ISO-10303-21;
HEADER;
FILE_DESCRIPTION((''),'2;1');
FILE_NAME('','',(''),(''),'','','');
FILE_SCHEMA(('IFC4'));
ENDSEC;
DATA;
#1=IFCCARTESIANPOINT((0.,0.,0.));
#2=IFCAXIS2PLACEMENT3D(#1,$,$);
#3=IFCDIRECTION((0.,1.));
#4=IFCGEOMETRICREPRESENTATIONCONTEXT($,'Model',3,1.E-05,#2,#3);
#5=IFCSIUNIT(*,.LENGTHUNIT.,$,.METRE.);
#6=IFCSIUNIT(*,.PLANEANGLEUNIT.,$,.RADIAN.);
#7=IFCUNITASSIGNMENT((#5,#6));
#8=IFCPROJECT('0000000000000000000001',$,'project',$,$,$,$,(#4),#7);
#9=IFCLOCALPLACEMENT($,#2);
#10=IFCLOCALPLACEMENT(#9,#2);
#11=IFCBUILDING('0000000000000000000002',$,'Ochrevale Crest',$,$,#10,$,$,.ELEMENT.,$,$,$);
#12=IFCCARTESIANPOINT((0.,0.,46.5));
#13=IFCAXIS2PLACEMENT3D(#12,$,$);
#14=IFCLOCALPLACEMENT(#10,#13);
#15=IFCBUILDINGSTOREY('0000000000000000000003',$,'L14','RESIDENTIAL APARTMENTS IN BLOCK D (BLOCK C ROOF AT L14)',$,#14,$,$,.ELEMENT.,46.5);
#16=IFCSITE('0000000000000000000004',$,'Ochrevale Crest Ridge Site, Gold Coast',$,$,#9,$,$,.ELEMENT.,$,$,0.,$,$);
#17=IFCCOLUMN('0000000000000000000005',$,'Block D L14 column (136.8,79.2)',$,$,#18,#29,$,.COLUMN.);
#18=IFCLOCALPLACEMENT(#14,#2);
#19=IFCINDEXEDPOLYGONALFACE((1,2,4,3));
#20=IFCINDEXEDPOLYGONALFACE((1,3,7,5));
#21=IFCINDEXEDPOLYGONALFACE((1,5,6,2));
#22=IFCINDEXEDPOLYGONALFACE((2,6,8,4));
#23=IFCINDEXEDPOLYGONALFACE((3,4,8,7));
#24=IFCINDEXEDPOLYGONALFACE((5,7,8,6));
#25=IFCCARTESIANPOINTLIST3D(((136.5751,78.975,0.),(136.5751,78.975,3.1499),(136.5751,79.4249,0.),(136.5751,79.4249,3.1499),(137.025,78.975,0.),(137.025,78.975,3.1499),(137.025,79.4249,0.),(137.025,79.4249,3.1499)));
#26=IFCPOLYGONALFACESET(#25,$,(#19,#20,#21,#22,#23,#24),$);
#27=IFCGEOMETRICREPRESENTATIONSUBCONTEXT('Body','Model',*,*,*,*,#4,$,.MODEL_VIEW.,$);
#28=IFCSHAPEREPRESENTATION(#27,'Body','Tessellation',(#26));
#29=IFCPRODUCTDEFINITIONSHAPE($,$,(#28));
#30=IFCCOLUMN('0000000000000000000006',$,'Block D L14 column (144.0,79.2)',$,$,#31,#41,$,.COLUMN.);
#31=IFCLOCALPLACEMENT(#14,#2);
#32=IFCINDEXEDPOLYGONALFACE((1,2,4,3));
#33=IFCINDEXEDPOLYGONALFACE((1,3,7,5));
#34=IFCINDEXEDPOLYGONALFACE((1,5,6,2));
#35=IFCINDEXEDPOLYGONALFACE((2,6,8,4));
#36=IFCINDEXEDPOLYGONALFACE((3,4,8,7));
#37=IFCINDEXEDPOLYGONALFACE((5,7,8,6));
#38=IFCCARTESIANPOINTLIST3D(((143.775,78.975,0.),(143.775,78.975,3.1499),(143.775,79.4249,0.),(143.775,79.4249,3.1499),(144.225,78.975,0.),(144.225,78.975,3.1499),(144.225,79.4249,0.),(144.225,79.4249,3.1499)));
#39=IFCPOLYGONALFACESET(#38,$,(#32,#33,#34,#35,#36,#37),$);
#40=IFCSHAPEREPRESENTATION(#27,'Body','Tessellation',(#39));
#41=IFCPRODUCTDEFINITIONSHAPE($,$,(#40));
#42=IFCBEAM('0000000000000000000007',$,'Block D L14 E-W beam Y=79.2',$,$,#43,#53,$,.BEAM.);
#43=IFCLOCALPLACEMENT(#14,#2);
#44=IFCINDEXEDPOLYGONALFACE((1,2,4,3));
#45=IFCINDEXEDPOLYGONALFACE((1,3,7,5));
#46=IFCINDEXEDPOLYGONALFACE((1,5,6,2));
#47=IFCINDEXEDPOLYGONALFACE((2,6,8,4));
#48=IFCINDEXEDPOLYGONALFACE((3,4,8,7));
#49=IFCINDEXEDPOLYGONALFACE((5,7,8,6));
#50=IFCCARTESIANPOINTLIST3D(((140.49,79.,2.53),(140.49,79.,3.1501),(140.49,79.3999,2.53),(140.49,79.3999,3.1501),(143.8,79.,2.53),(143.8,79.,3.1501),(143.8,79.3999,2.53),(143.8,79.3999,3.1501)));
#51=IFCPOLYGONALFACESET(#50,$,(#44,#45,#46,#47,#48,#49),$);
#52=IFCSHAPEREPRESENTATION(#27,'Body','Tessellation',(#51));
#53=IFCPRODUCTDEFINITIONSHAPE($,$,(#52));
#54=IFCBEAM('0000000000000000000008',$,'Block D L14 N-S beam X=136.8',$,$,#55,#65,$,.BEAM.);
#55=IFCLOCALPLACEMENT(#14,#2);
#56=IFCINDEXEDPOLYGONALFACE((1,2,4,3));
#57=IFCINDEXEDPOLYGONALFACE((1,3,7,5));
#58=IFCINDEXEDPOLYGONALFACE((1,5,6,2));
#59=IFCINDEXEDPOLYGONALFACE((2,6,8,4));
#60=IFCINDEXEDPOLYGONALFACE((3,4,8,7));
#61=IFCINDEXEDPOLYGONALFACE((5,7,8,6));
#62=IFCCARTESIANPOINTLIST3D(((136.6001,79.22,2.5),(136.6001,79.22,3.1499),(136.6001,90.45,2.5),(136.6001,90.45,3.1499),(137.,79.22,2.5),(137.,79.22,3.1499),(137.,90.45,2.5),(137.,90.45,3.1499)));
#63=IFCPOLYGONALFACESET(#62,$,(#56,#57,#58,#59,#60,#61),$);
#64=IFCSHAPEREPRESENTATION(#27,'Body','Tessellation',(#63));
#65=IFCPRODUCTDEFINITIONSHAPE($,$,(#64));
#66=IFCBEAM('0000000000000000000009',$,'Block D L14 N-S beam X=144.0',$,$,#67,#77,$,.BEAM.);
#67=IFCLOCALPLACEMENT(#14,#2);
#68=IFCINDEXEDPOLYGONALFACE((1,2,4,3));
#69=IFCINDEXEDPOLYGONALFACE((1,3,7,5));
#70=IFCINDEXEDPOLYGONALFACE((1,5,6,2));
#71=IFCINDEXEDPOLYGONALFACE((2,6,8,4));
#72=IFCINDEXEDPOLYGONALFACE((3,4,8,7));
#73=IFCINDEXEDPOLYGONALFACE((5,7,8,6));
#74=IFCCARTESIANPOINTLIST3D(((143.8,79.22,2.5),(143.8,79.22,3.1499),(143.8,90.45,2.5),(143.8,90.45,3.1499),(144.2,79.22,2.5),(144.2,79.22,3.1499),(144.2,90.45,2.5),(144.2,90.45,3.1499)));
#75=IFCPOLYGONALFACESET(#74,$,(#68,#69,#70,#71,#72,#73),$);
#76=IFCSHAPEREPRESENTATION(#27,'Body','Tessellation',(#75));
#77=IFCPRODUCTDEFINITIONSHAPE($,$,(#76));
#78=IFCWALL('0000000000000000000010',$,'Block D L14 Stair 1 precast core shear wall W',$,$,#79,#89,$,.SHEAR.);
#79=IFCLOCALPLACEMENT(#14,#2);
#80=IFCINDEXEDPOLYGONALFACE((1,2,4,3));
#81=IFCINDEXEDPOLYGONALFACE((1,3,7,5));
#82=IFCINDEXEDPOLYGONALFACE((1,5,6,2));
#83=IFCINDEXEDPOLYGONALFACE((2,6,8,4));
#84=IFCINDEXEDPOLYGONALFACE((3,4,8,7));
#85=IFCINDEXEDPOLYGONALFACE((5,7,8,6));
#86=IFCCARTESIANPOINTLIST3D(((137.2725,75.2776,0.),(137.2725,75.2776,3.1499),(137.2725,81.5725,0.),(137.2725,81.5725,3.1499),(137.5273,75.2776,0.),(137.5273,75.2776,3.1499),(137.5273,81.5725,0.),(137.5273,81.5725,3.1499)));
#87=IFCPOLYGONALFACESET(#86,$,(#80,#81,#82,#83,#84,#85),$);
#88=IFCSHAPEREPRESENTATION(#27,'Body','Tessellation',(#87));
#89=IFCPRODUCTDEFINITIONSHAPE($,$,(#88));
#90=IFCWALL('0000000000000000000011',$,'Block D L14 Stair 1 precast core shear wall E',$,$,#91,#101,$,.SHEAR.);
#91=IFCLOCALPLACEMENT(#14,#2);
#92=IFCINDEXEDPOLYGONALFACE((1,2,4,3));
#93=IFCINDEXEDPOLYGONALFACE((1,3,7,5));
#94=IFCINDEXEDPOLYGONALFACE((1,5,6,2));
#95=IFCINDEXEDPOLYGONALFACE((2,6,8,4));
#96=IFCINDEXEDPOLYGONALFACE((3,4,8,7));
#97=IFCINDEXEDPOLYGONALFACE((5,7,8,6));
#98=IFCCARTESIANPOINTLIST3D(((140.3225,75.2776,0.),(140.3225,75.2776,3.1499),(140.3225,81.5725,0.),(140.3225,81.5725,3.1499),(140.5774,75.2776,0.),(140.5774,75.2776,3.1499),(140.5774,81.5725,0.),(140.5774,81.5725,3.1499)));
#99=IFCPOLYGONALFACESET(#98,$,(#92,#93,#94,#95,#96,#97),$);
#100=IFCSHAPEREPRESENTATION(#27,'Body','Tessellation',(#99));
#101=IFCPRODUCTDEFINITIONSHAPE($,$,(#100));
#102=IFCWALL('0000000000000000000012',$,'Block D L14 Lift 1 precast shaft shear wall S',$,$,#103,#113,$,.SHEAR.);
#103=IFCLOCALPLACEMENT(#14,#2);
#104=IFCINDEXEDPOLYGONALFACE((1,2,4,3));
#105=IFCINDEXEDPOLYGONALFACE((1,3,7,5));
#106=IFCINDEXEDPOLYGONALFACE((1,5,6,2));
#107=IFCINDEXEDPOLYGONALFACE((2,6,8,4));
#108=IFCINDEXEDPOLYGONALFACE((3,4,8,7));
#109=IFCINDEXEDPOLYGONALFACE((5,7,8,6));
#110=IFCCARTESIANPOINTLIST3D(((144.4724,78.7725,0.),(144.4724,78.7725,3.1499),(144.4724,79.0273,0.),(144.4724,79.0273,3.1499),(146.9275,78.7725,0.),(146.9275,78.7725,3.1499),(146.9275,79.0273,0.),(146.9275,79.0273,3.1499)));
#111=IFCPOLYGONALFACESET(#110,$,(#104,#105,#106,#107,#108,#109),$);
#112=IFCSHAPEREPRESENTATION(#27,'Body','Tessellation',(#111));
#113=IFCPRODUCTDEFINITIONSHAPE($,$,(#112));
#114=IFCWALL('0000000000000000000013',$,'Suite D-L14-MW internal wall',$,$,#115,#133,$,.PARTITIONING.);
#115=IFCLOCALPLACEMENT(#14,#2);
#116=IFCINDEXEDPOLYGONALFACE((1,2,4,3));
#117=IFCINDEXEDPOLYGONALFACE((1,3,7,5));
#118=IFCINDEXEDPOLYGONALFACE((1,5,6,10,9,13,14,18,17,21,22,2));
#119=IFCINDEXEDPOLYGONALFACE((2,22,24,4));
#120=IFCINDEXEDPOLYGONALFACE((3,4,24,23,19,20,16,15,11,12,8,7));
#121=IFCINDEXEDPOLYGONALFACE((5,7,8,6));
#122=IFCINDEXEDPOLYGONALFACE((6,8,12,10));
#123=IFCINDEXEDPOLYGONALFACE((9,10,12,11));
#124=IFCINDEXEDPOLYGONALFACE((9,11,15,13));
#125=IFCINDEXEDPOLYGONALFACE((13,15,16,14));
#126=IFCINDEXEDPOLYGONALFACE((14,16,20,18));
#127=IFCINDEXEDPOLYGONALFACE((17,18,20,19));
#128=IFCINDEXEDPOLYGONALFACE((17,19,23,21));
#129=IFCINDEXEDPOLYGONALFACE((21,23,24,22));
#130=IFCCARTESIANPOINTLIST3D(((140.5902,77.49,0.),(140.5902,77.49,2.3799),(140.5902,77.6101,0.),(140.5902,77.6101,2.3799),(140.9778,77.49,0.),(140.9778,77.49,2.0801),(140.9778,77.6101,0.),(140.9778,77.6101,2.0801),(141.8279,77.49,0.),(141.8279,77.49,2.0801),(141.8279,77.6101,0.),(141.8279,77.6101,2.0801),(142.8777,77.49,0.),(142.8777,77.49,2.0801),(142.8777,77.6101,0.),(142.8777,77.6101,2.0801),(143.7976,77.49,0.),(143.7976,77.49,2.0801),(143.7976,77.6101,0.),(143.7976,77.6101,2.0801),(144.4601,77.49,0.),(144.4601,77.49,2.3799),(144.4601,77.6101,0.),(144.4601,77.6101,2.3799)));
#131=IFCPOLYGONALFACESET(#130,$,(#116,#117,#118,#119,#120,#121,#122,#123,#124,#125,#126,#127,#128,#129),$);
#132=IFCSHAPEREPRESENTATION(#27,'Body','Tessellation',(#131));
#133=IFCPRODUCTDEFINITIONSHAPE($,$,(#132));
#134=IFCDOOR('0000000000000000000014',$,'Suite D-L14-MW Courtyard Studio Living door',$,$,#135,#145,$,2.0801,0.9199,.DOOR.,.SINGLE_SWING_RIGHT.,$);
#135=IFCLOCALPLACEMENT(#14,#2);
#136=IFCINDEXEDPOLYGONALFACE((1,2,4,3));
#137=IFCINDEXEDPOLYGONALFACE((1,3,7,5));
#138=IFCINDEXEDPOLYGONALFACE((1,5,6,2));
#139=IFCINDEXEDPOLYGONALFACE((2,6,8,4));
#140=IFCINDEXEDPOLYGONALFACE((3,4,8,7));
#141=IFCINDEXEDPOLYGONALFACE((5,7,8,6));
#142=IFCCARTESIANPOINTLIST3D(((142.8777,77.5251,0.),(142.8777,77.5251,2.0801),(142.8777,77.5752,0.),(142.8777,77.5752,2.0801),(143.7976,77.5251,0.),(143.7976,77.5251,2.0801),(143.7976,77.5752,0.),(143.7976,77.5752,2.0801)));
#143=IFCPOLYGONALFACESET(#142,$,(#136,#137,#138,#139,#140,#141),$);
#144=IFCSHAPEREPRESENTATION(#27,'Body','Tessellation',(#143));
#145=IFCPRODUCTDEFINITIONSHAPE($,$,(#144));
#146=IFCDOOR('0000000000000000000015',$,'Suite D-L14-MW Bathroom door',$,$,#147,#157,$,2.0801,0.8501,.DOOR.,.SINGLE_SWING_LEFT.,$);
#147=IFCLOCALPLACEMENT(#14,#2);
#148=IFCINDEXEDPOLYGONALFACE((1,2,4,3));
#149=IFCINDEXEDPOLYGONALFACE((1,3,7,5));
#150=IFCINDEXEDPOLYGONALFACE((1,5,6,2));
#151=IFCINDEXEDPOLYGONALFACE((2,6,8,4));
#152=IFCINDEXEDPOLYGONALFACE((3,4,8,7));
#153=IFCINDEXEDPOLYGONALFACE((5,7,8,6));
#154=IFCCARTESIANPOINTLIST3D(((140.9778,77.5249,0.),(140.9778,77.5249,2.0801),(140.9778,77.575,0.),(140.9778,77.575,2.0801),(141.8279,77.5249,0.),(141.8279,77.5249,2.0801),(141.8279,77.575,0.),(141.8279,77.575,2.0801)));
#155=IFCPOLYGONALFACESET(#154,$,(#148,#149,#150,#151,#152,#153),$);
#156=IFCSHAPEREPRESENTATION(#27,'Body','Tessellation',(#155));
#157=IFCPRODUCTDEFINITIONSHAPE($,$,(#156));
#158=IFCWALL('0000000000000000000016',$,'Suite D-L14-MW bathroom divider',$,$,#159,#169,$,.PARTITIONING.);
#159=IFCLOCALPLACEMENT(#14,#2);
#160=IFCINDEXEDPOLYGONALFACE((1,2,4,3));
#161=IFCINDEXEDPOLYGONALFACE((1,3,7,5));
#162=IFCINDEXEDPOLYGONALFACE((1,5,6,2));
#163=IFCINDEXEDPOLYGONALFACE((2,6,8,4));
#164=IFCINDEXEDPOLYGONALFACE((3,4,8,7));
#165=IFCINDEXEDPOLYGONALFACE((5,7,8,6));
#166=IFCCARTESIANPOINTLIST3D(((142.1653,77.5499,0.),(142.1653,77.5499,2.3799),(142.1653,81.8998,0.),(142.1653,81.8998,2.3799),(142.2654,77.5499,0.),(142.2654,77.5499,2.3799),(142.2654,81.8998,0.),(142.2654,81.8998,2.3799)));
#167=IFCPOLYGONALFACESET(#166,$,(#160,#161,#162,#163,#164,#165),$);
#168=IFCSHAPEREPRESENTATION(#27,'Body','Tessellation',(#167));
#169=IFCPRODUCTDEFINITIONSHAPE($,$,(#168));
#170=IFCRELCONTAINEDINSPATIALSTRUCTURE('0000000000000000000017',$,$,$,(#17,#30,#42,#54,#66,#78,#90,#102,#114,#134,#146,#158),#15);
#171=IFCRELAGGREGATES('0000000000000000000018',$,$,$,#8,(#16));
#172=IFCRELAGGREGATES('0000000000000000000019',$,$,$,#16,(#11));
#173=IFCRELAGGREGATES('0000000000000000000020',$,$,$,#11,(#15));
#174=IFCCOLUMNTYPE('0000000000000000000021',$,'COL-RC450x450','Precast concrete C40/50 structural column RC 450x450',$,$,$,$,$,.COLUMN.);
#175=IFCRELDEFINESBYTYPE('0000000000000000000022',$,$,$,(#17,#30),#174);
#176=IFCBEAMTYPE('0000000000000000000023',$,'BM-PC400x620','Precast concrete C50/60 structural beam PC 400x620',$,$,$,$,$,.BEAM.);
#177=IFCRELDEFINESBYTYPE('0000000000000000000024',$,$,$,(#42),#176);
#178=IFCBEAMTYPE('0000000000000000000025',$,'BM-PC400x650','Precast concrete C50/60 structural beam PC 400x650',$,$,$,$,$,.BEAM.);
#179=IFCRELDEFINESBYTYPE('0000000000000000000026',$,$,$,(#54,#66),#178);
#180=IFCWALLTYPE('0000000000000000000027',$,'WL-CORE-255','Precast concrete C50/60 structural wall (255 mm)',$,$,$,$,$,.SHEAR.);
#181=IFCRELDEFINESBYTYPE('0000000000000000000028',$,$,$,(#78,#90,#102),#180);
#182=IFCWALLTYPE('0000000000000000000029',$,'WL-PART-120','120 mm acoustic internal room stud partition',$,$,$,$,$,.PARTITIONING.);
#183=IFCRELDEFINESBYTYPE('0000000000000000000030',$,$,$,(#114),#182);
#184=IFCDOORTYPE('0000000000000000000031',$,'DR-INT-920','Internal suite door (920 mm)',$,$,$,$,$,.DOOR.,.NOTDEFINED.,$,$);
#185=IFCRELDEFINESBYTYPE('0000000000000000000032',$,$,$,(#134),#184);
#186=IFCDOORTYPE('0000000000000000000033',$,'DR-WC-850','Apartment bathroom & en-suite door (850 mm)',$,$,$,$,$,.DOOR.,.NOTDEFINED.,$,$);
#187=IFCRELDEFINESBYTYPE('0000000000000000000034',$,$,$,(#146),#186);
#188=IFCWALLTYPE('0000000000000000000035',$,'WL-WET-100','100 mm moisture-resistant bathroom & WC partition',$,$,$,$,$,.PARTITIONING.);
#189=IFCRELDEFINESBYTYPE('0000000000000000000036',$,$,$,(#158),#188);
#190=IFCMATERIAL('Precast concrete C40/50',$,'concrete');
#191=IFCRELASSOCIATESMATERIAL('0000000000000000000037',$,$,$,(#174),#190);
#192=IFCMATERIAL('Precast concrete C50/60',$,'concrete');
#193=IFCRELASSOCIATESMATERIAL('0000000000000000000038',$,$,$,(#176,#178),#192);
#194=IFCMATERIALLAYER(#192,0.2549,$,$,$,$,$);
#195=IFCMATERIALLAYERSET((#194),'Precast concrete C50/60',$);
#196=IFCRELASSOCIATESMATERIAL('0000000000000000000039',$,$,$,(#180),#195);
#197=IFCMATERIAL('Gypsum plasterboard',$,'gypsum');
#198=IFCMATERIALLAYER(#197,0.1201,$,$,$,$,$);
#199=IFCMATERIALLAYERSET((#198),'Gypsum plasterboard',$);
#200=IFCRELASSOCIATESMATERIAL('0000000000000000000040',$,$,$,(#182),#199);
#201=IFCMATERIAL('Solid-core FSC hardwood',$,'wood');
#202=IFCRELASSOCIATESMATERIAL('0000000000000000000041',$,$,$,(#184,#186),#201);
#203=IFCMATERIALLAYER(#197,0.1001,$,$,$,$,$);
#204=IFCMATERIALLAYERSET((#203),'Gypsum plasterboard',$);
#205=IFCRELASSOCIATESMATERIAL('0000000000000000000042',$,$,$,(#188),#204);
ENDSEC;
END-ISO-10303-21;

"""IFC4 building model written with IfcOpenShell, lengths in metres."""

from ifc_helpers import new_model, si_unit, direction, frame, frame_2d, origin, origin_2d, place, context, subcontext, project, spatial, rectangle, extrude, material, layer, layer_set, material_profile, profile_set, type_object, element, fill, save


model = new_model("IFC4")

# Units and contexts
model_context = context("Model", 3, precision=1e-05, world=origin(), true_north=direction((0.0, 1.0)))
body_context = subcontext(model_context, "Body", "Model", "MODEL_VIEW")
ifc_project = project(units=[si_unit("LENGTHUNIT", "METRE"), si_unit("PLANEANGLEUNIT", "RADIAN")], contexts=[model_context])

# Site, building, storey
site_placement = place(None, origin())
site = spatial("IfcSite", under=ifc_project, at=site_placement, Name="Ochrevale Crest Ridge Site, Gold Coast", CompositionType="ELEMENT", RefElevation=0.0)
building_placement = place(site_placement, origin())
building = spatial("IfcBuilding", under=site, at=building_placement, Name="Ochrevale Crest", CompositionType="ELEMENT")
storey_placement = place(building_placement, frame((0.0, 0.0, 46.5)))
storey = spatial("IfcBuildingStorey", under=building, at=storey_placement, Name="L14", Description="RESIDENTIAL APARTMENTS IN BLOCK D (BLOCK C ROOF AT L14)", CompositionType="ELEMENT", Elevation=46.5)

# Columns
ifc_material_1 = material(Name="Precast concrete C40/50", Category="concrete")
ifc_material_profile_1 = material_profile(ifc_material_1, rectangle(XDim=0.45, YDim=0.45, at=origin_2d()), Name="RC 450x450")
ifc_profile_set_1 = profile_set([ifc_material_profile_1], Name="Precast concrete C40/50")
column_type = type_object("IfcColumnType", Name="COL-RC450x450", Description="Precast concrete C40/50 structural column RC 450x450", PredefinedType="COLUMN", material=ifc_profile_set_1)
for number, where, z_axis, x_axis, name in (
    (1, (136.8, 79.2, 0.0), (0.0, 0.0, 1.0), (1.0, 0.0, 0.0), "Block D L14 column (136.8,79.2)"),
    (2, (144.0, 79.2, 0.0), (0.0, 0.0, 1.0), (1.0, 0.0, 0.0), "Block D L14 column (144.0,79.2)"),
):
    element("IfcColumn", number, at=place(storey_placement, frame(where, z_axis=z_axis, x_axis=x_axis)), inside=storey, type_object=column_type, Name=name, PredefinedType="COLUMN", context=body_context, shape_type="SweptSolid", body=[
        extrude(rectangle(XDim=0.45, YDim=0.45, at=origin_2d()), origin(), (0.0, 0.0, 1.0), 3.1499),
    ])

# Beams
ifc_material_2 = material(Name="Precast concrete C50/60", Category="concrete")
ifc_material_profile_2 = material_profile(ifc_material_2, rectangle(XDim=0.3999, YDim=0.6201, at=origin_2d()), Name="PC 400x620")
ifc_profile_set_2 = profile_set([ifc_material_profile_2], Name="Precast concrete C50/60")
beam_type_1 = type_object("IfcBeamType", Name="BM-PC400x620", Description="Precast concrete C50/60 structural beam PC 400x620", PredefinedType="BEAM", material=ifc_profile_set_2)
beam_placement = place(storey_placement, frame((140.49, 79.2, 2.8401), z_axis=(1.0, 0.0, 0.0), x_axis=(0.0, 1.0, 0.0)))
element("IfcBeam", 3, at=beam_placement, inside=storey, type_object=beam_type_1, Name="Block D L14 E-W beam Y=79.2", PredefinedType="BEAM", context=body_context, shape_type="SweptSolid", body=[
    extrude(rectangle(XDim=0.3999, YDim=0.6201, at=origin_2d()), origin(), (0.0, 0.0, 1.0), 3.3101),
])
ifc_material_profile_3 = material_profile(ifc_material_2, rectangle(XDim=0.3999, YDim=0.6499, at=origin_2d()), Name="PC 400x650")
ifc_profile_set_3 = profile_set([ifc_material_profile_3], Name="Precast concrete C50/60")
beam_type_2 = type_object("IfcBeamType", Name="BM-PC400x650", Description="Precast concrete C50/60 structural beam PC 400x650", PredefinedType="BEAM", material=ifc_profile_set_3)
for number, where, z_axis, x_axis, name in (
    (4, (136.8, 79.22, 2.825), (0.0, 1.0, 0.0), (-1.0, 0.0, 0.0), "Block D L14 N-S beam X=136.8"),
    (5, (144.0, 79.22, 2.825), (0.0, 1.0, 0.0), (-1.0, 0.0, 0.0), "Block D L14 N-S beam X=144.0"),
):
    element("IfcBeam", number, at=place(storey_placement, frame(where, z_axis=z_axis, x_axis=x_axis)), inside=storey, type_object=beam_type_2, Name=name, PredefinedType="BEAM", context=body_context, shape_type="SweptSolid", body=[
        extrude(rectangle(XDim=0.3999, YDim=0.6499, at=origin_2d()), origin(), (0.0, 0.0, 1.0), 11.23),
    ])

# Walls
ifc_layer_1 = layer(ifc_material_2, 0.2549)
ifc_layer_set_1 = layer_set([ifc_layer_1], Name="Precast concrete C50/60")
wall_type_1 = type_object("IfcWallType", Name="WL-CORE-255", Description="Precast concrete C50/60 structural wall (255 mm)", PredefinedType="SHEAR", material=ifc_layer_set_1)
for number, where, z_axis, x_axis, name in (
    (6, (137.3999, 75.2776, 0.0), (0.0, 0.0, 1.0), (0.0, 1.0, 0.0), "Block D L14 Stair 1 precast core shear wall W"),
    (7, (140.45, 75.2776, 0.0), (0.0, 0.0, 1.0), (0.0, 1.0, 0.0), "Block D L14 Stair 1 precast core shear wall E"),
):
    element("IfcWall", number, at=place(storey_placement, frame(where, z_axis=z_axis, x_axis=x_axis)), inside=storey, type_object=wall_type_1, Name=name, PredefinedType="SHEAR", context=body_context, shape_type="SweptSolid", body=[
        extrude(rectangle(XDim=6.2949, YDim=0.2549, at=frame_2d((3.1475, 0.0))), origin(), (0.0, 0.0, 1.0), 3.1499),
    ])
wall_1_placement = place(storey_placement, frame((144.4724, 78.8999, 0.0), z_axis=(0.0, 0.0, 1.0), x_axis=(1.0, 0.0, 0.0)))
element("IfcWall", 8, at=wall_1_placement, inside=storey, type_object=wall_type_1, Name="Block D L14 Lift 1 precast shaft shear wall S", PredefinedType="SHEAR", context=body_context, shape_type="SweptSolid", body=[
    extrude(rectangle(XDim=2.4551, YDim=0.2549, at=frame_2d((1.2275, 0.0))), origin(), (0.0, 0.0, 1.0), 3.1499),
])

# Wall, openings, doors
ifc_material_3 = material(Name="Gypsum plasterboard", Category="gypsum")
ifc_layer_2 = layer(ifc_material_3, 0.1201)
ifc_layer_set_2 = layer_set([ifc_layer_2], Name="Gypsum plasterboard")
wall_type_2 = type_object("IfcWallType", Name="WL-PART-120", Description="120 mm acoustic internal room stud partition", PredefinedType="PARTITIONING", material=ifc_layer_set_2)
wall_2_placement = place(storey_placement, frame((140.5901, 77.55, 0.0), z_axis=(0.0, 0.0, 1.0), x_axis=(1.0, 0.0, 0.0)))
wall_2 = element("IfcWall", 9, at=wall_2_placement, inside=storey, type_object=wall_type_2, Name="Suite D-L14-MW internal wall", PredefinedType="PARTITIONING", context=body_context, shape_type="SweptSolid", body=[
    extrude(rectangle(XDim=3.8699, YDim=0.1201, at=frame_2d((1.9351, 0.0))), origin(), (0.0, 0.0, 1.0), 2.3799),
])
opening_1_placement = place(wall_2_placement, frame((0.3877, 0.0, 0.0)))
opening_1 = element("IfcOpeningElement", 10, at=opening_1_placement, cuts=wall_2, PredefinedType="OPENING", context=body_context, shape_type="SweptSolid", body=[
    extrude(rectangle(XDim=0.8501, YDim=2.0801, at=frame_2d((0.425, 1.04))), frame((0.0, 0.0701, 0.0), z_axis=(0.0, -1.0, 0.0), x_axis=(1.0, 0.0, 0.0)), (0.0, 0.0, 1.0), 0.1401),
])
opening_2_placement = place(wall_2_placement, frame((3.2075, 0.0, 0.0), z_axis=(0.0, 0.0, 1.0), x_axis=(-1.0, 0.0, 0.0)))
opening_2 = element("IfcOpeningElement", 11, at=opening_2_placement, cuts=wall_2, PredefinedType="OPENING", context=body_context, shape_type="SweptSolid", body=[
    extrude(rectangle(XDim=0.9199, YDim=2.0801, at=frame_2d((0.46, 1.04))), frame((0.0, 0.0701, 0.0), z_axis=(0.0, -1.0, 0.0), x_axis=(1.0, 0.0, 0.0)), (0.0, 0.0, 1.0), 0.1401),
])
ifc_material_4 = material(Name="Solid-core FSC hardwood", Category="wood")
door_type_1 = type_object("IfcDoorType", Name="DR-INT-920", Description="Internal suite door (920 mm)", OperationType="NOTDEFINED", PredefinedType="DOOR", material=ifc_material_4)
door_1_placement = place(opening_2_placement, origin())
door_1 = element("IfcDoor", 12, at=door_1_placement, inside=storey, type_object=door_type_1, Name="Suite D-L14-MW Courtyard Studio Living door", OperationType="SINGLE_SWING_RIGHT", OverallHeight=2.0801, OverallWidth=0.9199, PredefinedType="DOOR", context=body_context, shape_type="SweptSolid", body=[
    extrude(rectangle(XDim=0.9199, YDim=2.0801, at=frame_2d((0.46, 1.04))), frame((0.0, 0.0249, 0.0), z_axis=(0.0, -1.0, 0.0), x_axis=(1.0, 0.0, 0.0)), (0.0, 0.0, 1.0), 0.05),
])
fill(opening_2, door_1)
door_type_2 = type_object("IfcDoorType", Name="DR-WC-850", Description="Apartment bathroom & en-suite door (850 mm)", OperationType="NOTDEFINED", PredefinedType="DOOR", material=ifc_material_4)
door_2_placement = place(opening_1_placement, origin())
door_2 = element("IfcDoor", 13, at=door_2_placement, inside=storey, type_object=door_type_2, Name="Suite D-L14-MW Bathroom door", OperationType="SINGLE_SWING_LEFT", OverallHeight=2.0801, OverallWidth=0.8501, PredefinedType="DOOR", context=body_context, shape_type="SweptSolid", body=[
    extrude(rectangle(XDim=0.8501, YDim=2.0801, at=frame_2d((0.425, 1.04))), frame((0.0, 0.0249, 0.0), z_axis=(0.0, -1.0, 0.0), x_axis=(1.0, 0.0, 0.0)), (0.0, 0.0, 1.0), 0.05),
])
fill(opening_1, door_2)

# Wall
ifc_layer_3 = layer(ifc_material_3, 0.1001)
ifc_layer_set_3 = layer_set([ifc_layer_3], Name="Gypsum plasterboard")
wall_type_3 = type_object("IfcWallType", Name="WL-WET-100", Description="100 mm moisture-resistant bathroom & WC partition", PredefinedType="PARTITIONING", material=ifc_layer_set_3)
wall_3_placement = place(storey_placement, frame((142.2153, 77.55, 0.0), z_axis=(0.0, 0.0, 1.0), x_axis=(0.0, 1.0, 0.0)))
element("IfcWall", 14, at=wall_3_placement, inside=storey, type_object=wall_type_3, Name="Suite D-L14-MW bathroom divider", PredefinedType="PARTITIONING", context=body_context, shape_type="SweptSolid", body=[
    extrude(rectangle(XDim=4.3499, YDim=0.1001, at=frame_2d((2.1748, 0.0))), origin(), (0.0, 0.0, 1.0), 2.3799),
])

save(model, "model.ifc")
